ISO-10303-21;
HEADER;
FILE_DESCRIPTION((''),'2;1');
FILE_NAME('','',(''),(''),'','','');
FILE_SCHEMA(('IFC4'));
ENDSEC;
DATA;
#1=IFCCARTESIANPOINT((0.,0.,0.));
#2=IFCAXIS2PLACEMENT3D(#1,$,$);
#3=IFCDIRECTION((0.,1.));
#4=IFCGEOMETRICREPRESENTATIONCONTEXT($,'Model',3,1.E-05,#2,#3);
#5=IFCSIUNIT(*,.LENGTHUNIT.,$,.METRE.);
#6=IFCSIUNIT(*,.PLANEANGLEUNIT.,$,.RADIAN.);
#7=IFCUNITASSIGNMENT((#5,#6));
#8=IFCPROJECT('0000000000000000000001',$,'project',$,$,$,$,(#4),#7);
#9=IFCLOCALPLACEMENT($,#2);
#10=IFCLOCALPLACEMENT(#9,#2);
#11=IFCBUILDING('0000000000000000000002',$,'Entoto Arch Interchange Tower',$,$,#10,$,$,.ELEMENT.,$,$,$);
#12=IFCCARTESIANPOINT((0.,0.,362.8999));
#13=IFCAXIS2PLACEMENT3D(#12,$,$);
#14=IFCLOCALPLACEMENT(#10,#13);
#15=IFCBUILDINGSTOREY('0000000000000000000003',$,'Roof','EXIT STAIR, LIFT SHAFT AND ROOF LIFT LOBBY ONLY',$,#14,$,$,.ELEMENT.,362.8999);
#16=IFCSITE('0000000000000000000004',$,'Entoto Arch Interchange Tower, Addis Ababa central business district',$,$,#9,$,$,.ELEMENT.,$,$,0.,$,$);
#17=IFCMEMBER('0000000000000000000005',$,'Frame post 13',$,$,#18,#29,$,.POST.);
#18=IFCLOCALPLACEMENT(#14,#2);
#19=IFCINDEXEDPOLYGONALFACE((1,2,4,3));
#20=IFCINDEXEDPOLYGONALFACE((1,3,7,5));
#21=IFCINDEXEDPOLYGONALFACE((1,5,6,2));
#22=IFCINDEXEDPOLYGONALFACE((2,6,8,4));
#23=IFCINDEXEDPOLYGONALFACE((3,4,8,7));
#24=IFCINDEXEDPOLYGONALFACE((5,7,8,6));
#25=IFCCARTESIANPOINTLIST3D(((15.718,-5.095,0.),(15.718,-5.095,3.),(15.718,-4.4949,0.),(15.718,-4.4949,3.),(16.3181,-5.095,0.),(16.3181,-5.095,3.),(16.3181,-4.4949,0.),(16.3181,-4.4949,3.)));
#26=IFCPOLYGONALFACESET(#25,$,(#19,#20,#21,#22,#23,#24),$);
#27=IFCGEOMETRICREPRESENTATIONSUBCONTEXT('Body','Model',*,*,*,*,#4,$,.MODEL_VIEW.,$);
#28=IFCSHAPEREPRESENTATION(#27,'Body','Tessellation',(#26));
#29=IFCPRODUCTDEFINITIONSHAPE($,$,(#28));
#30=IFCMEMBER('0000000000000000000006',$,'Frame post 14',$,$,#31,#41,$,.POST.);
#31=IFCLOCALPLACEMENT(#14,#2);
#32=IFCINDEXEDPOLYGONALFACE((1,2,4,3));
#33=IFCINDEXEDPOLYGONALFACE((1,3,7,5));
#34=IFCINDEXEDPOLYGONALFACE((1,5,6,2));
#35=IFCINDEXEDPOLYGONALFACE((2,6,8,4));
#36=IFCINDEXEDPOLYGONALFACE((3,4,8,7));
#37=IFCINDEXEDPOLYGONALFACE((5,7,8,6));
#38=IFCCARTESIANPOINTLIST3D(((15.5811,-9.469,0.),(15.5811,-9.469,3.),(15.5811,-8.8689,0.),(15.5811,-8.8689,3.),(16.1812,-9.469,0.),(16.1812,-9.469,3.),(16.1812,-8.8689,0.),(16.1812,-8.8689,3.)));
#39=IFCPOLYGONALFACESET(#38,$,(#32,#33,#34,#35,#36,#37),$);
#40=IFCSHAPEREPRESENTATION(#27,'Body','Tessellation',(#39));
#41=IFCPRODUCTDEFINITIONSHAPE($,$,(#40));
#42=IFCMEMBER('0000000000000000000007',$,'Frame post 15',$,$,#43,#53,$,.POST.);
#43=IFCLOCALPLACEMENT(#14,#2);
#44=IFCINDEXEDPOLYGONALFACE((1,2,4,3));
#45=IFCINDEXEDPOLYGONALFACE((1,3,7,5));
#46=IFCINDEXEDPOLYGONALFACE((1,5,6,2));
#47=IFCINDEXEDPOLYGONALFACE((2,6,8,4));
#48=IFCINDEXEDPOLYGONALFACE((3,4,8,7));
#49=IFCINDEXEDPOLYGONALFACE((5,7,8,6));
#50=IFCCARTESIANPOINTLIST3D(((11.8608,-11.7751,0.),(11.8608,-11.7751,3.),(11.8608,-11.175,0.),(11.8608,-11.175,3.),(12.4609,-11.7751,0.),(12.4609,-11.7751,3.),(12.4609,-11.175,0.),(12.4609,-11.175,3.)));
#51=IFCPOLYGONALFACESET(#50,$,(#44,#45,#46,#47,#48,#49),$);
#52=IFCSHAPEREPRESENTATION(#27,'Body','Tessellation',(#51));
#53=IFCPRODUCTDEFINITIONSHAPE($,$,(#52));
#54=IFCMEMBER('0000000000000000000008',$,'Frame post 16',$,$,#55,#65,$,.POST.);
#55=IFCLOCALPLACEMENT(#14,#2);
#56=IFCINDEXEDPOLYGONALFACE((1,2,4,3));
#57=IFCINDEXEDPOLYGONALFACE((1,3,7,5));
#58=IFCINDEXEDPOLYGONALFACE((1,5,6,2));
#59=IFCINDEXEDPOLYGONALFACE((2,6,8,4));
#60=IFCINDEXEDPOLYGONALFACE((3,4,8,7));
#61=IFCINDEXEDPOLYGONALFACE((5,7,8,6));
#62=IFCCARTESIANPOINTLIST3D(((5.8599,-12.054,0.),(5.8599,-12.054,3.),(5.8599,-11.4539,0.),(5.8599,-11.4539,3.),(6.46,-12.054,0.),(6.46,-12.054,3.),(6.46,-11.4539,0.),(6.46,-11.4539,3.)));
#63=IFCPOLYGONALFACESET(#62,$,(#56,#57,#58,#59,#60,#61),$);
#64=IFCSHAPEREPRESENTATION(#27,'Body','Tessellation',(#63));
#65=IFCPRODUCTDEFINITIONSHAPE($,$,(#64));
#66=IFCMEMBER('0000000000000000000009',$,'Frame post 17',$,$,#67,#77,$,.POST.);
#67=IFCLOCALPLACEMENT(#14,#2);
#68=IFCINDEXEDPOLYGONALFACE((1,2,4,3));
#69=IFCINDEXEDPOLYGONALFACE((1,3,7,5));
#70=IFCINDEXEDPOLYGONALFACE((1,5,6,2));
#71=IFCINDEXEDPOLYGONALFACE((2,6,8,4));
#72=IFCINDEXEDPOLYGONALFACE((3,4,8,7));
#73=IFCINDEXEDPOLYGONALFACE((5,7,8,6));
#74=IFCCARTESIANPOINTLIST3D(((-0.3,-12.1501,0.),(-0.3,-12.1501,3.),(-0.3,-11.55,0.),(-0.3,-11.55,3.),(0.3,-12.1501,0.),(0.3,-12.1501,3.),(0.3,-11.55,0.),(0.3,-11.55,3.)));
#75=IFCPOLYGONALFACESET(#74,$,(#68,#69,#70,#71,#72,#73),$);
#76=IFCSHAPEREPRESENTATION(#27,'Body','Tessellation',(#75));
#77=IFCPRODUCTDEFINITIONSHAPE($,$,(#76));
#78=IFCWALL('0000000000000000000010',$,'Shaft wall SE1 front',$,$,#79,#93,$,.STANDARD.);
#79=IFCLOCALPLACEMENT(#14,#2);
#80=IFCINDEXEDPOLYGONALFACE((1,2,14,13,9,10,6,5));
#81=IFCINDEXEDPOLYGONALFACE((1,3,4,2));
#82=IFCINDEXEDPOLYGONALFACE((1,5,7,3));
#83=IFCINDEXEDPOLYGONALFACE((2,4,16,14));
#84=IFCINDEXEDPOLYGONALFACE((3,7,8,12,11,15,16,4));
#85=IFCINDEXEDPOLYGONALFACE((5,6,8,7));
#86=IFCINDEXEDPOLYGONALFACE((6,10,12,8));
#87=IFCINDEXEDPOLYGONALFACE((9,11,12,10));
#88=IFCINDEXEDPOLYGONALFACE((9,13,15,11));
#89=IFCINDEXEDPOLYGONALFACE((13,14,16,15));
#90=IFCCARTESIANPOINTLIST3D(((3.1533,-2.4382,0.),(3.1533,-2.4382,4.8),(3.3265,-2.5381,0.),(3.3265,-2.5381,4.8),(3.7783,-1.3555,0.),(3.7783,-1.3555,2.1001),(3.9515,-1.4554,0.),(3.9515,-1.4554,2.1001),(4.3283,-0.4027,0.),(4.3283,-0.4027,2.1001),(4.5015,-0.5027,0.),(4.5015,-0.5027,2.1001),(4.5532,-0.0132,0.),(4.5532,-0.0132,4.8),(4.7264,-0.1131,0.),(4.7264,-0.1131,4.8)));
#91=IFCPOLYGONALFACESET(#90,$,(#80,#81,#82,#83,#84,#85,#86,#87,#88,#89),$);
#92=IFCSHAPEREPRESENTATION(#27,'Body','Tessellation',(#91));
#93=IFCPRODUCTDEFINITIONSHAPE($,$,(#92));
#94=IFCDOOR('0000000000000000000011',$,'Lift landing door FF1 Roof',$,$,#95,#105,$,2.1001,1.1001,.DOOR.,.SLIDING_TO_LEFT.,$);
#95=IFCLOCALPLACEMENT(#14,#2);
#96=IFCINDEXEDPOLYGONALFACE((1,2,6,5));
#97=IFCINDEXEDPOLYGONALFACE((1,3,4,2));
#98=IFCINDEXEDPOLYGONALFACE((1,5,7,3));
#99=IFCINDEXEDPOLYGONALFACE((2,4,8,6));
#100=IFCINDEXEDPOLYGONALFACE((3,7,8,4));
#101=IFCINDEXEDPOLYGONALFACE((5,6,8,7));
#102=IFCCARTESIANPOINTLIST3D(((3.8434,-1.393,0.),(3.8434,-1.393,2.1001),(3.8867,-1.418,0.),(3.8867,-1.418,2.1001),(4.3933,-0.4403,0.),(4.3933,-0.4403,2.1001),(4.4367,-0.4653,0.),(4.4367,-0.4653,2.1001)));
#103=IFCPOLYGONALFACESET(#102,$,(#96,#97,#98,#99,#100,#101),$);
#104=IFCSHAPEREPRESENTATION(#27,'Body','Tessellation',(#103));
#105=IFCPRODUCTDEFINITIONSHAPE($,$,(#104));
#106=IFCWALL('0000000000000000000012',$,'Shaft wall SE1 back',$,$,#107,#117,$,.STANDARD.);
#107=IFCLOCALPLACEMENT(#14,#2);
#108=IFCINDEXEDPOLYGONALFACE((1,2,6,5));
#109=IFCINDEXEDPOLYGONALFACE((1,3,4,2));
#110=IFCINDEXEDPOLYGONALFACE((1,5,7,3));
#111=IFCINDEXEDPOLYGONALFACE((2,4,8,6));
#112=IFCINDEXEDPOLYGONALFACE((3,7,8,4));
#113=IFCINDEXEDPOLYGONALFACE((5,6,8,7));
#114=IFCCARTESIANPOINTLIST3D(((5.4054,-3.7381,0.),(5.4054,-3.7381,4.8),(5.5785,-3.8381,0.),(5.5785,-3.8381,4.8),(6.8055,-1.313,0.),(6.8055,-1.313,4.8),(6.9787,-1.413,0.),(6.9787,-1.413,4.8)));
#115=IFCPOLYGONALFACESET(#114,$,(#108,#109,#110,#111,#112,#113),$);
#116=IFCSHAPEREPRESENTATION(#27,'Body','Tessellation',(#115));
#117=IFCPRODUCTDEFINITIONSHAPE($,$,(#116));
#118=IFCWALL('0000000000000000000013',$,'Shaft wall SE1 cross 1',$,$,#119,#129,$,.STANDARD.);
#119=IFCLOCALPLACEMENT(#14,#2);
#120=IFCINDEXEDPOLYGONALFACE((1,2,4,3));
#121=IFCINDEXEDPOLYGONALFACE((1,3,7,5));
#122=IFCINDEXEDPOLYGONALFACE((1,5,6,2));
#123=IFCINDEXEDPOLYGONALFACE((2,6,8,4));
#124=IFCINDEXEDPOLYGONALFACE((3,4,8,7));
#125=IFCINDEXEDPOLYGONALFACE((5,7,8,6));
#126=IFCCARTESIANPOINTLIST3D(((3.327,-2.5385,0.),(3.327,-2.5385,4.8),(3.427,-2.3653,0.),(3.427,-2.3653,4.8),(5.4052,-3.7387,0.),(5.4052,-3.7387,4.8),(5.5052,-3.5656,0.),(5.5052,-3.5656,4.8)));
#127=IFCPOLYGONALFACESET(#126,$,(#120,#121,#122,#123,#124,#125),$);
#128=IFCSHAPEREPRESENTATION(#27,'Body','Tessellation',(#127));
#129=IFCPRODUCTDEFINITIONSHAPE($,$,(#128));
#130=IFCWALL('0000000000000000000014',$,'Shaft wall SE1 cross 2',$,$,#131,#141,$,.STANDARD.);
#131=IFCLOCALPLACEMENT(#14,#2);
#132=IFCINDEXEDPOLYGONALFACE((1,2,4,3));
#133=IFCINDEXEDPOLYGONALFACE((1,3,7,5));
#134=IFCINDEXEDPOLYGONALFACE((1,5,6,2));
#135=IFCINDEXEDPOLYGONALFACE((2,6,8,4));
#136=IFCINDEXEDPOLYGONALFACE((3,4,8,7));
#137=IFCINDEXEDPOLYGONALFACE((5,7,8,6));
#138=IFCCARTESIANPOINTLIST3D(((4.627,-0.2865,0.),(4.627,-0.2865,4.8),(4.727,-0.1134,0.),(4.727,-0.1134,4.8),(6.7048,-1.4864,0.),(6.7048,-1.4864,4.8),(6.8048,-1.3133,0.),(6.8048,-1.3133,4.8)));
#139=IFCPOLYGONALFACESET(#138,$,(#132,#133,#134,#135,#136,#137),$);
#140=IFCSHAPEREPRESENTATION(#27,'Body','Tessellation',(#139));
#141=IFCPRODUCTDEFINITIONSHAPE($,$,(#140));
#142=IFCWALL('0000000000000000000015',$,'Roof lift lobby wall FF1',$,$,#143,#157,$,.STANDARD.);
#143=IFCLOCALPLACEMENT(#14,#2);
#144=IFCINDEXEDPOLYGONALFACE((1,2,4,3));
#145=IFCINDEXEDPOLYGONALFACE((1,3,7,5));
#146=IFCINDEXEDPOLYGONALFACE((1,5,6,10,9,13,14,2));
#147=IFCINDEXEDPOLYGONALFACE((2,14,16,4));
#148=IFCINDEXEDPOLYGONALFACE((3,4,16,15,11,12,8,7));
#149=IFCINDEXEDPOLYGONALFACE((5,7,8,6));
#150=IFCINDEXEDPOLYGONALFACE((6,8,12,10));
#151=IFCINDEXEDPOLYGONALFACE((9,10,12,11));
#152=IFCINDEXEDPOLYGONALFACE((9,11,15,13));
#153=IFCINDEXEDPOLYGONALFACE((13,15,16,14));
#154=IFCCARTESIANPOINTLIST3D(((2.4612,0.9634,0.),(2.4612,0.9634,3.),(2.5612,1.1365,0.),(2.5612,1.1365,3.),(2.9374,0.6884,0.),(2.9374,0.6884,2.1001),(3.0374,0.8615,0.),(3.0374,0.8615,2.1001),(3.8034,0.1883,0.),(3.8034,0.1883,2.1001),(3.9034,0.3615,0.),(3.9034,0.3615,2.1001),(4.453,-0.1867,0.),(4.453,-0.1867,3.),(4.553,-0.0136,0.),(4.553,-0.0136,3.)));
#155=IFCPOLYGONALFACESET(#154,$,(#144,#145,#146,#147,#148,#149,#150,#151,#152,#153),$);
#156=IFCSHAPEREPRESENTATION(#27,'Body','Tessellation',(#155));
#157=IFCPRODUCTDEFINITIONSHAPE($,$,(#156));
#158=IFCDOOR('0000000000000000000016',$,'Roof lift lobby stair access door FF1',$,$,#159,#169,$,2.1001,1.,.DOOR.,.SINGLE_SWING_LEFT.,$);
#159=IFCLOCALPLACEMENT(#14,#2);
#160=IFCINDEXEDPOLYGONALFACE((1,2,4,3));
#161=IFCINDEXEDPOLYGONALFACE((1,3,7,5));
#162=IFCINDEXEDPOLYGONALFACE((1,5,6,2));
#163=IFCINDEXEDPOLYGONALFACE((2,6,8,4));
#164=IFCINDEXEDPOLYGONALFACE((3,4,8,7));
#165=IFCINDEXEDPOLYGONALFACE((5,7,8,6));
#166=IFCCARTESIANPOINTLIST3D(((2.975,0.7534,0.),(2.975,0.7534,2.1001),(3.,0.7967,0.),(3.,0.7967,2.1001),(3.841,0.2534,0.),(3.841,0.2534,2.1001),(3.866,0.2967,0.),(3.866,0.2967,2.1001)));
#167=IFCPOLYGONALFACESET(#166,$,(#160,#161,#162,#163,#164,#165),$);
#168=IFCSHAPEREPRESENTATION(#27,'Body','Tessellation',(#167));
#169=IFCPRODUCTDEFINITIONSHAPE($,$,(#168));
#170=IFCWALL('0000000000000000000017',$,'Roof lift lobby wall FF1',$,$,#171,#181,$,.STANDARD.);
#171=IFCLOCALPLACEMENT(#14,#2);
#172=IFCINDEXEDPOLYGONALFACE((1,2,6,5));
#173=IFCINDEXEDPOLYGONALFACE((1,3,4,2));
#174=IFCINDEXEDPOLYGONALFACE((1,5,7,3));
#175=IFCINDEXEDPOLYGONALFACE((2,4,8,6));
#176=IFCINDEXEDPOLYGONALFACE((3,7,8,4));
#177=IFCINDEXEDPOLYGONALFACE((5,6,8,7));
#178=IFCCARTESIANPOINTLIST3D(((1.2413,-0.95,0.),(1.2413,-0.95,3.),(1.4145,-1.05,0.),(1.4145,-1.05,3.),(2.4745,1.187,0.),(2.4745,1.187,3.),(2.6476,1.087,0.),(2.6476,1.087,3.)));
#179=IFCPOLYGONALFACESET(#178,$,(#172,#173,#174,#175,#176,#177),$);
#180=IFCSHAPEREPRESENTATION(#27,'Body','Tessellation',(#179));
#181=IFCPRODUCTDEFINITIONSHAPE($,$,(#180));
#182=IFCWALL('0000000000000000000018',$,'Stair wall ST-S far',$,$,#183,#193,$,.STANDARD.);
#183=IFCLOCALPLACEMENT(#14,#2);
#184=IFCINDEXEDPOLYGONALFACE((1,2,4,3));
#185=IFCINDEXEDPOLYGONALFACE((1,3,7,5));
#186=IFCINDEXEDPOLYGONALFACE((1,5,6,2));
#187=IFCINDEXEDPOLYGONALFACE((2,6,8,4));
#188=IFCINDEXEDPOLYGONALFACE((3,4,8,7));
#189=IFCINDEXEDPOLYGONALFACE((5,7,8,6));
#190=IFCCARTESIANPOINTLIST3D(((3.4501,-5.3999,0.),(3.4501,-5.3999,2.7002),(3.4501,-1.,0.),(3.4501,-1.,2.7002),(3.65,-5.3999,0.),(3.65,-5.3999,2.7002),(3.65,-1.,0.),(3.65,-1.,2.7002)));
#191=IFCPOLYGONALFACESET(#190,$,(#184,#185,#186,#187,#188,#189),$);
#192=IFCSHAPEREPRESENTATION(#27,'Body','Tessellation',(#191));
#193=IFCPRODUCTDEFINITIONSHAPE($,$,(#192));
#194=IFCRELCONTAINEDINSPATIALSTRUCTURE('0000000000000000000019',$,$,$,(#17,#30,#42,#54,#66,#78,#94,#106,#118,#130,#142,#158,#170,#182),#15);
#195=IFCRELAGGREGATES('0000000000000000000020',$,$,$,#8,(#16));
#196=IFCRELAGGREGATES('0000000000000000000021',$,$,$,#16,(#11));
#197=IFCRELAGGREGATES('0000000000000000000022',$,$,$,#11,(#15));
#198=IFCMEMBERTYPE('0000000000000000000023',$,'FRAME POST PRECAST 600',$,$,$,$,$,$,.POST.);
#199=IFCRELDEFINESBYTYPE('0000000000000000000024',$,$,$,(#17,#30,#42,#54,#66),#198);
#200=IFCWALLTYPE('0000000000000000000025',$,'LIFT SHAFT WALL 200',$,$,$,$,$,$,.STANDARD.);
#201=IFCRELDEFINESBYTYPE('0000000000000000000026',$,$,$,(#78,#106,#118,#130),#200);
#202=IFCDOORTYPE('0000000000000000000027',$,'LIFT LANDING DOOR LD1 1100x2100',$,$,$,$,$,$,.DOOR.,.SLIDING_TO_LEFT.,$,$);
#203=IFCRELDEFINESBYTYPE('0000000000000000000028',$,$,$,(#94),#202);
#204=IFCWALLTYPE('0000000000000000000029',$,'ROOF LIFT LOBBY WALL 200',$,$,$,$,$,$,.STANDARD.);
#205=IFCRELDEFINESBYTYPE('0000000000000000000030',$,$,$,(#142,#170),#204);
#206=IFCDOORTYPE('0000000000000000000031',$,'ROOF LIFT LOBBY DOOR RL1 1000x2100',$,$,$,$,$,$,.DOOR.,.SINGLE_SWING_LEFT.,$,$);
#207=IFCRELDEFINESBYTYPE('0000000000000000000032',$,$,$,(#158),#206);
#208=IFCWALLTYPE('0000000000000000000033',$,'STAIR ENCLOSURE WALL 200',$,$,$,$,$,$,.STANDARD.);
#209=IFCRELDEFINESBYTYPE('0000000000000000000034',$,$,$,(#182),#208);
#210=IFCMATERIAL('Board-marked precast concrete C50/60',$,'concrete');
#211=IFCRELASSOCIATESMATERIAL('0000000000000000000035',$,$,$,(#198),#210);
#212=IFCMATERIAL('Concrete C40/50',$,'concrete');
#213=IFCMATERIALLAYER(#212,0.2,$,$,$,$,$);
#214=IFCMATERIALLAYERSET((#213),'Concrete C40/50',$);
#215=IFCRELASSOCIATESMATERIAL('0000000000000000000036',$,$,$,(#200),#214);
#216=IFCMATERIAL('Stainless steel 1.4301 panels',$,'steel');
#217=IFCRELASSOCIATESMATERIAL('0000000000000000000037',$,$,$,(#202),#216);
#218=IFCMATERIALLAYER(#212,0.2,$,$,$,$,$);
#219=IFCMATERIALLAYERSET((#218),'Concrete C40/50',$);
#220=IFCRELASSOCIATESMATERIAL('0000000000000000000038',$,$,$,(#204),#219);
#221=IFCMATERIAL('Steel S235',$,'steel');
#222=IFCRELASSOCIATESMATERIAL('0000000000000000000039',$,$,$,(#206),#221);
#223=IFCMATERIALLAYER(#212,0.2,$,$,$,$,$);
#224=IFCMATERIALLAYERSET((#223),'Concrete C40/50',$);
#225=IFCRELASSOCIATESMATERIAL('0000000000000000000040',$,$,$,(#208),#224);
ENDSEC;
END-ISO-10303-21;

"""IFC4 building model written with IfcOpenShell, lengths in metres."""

from ifc_helpers import new_model, si_unit, direction, frame, frame_2d, origin, origin_2d, place, context, subcontext, project, spatial, rectangle, extrude, material, layer, layer_set, material_profile, profile_set, type_object, element, fill, save


model = new_model("IFC4")

# Units and contexts
model_context = context("Model", 3, precision=1e-05, world=origin(), true_north=direction((0.0, 1.0)))
body_context = subcontext(model_context, "Body", "Model", "MODEL_VIEW")
ifc_project = project(units=[si_unit("LENGTHUNIT", "METRE"), si_unit("PLANEANGLEUNIT", "RADIAN")], contexts=[model_context])

# Site, building, storey
site_placement = place(None, origin())
site = spatial("IfcSite", under=ifc_project, at=site_placement, Name="Entoto Arch Interchange Tower, Addis Ababa central business district", CompositionType="ELEMENT", RefElevation=0.0)
building_placement = place(site_placement, origin())
building = spatial("IfcBuilding", under=site, at=building_placement, Name="Entoto Arch Interchange Tower", CompositionType="ELEMENT")
storey_placement = place(building_placement, frame((0.0, 0.0, 362.8999)))
storey = spatial("IfcBuildingStorey", under=building, at=storey_placement, Name="Roof", Description="EXIT STAIR, LIFT SHAFT AND ROOF LIFT LOBBY ONLY", CompositionType="ELEMENT", Elevation=362.8999)

# Members
ifc_material_1 = material(Name="Board-marked precast concrete C50/60", Category="concrete")
ifc_material_profile = material_profile(ifc_material_1, rectangle(XDim=0.6001, YDim=0.6001, at=origin_2d()))
ifc_profile_set = profile_set([ifc_material_profile], Name="Board-marked precast concrete C50/60")
member_type = type_object("IfcMemberType", Name="FRAME POST PRECAST 600", PredefinedType="POST", material=ifc_profile_set)
for number, where, z_axis, x_axis, name in (
    (1, (16.0181, -4.7949, 0.0), (0.0, 0.0, 1.0), (1.0, 0.0, 0.0), "Frame post 13"),
    (2, (15.8811, -9.1689, 0.0), (0.0, 0.0, 1.0), (1.0, 0.0, 0.0), "Frame post 14"),
    (3, (12.1609, -11.4751, 0.0), (0.0, 0.0, 1.0), (1.0, 0.0, 0.0), "Frame post 15"),
    (4, (6.1599, -11.7539, 0.0), (0.0, 0.0, 1.0), (1.0, 0.0, 0.0), "Frame post 16"),
    (5, (0.0, -11.8501, 0.0), (0.0, 0.0, 1.0), (1.0, 0.0, 0.0), "Frame post 17"),
):
    element("IfcMember", number, at=place(storey_placement, frame(where, z_axis=z_axis, x_axis=x_axis)), inside=storey, type_object=member_type, Name=name, PredefinedType="POST", context=body_context, shape_type="SweptSolid", body=[
        extrude(rectangle(XDim=0.6001, YDim=0.6001, at=origin_2d()), origin(), (0.0, 0.0, 1.0), 3.0),
    ])

# Wall, opening, door
ifc_material_2 = material(Name="Concrete C40/50", Category="concrete")
ifc_layer_1 = layer(ifc_material_2, 0.2)
ifc_layer_set_1 = layer_set([ifc_layer_1], Name="Concrete C40/50")
wall_type_1 = type_object("IfcWallType", Name="LIFT SHAFT WALL 200", PredefinedType="STANDARD", material=ifc_layer_set_1)
wall_1_placement = place(storey_placement, frame((3.24, -2.488, 0.0), z_axis=(0.0, 0.0, 1.0), x_axis=(0.499946, 0.866056, 0.0)))
wall_1 = element("IfcWall", 6, at=wall_1_placement, inside=storey, type_object=wall_type_1, Name="Shaft wall SE1 front", PredefinedType="STANDARD", context=body_context, shape_type="SweptSolid", body=[
    extrude(rectangle(XDim=2.8, YDim=0.2, at=frame_2d((1.3999, 0.0))), origin(), (0.0, 0.0, 1.0), 4.8),
])
opening_1_placement = place(wall_1_placement, frame((1.25, 0.0, 0.0)))
opening_1 = element("IfcOpeningElement", 7, at=opening_1_placement, cuts=wall_1, PredefinedType="OPENING", context=body_context, shape_type="SweptSolid", body=[
    extrude(rectangle(XDim=1.1001, YDim=2.1001, at=frame_2d((0.55, 1.05))), frame((0.0, 0.1099, 0.0), z_axis=(0.0, -1.0, 0.0), x_axis=(1.0, 0.0, 0.0)), (0.0, 0.0, 1.0), 0.22),
])
ifc_material_3 = material(Name="Stainless steel 1.4301 panels", Category="steel")
door_type_1 = type_object("IfcDoorType", Name="LIFT LANDING DOOR LD1 1100x2100", OperationType="SLIDING_TO_LEFT", PredefinedType="DOOR", material=ifc_material_3)
door_1_placement = place(opening_1_placement, origin())
door_1 = element("IfcDoor", 8, at=door_1_placement, inside=storey, type_object=door_type_1, Name="Lift landing door FF1 Roof", OperationType="SLIDING_TO_LEFT", OverallHeight=2.1001, OverallWidth=1.1001, PredefinedType="DOOR", context=body_context, shape_type="SweptSolid", body=[
    extrude(rectangle(XDim=1.1001, YDim=2.1001, at=frame_2d((0.55, 1.05))), frame((0.0, 0.0249, 0.0), z_axis=(0.0, -1.0, 0.0), x_axis=(1.0, 0.0, 0.0)), (0.0, 0.0, 1.0), 0.05),
])
fill(opening_1, door_1)

# Walls
wall_2_placement = place(storey_placement, frame((5.4919, -3.7881, 0.0), z_axis=(0.0, 0.0, 1.0), x_axis=(0.500012, 0.866019, 0.0)))
element("IfcWall", 9, at=wall_2_placement, inside=storey, type_object=wall_type_1, Name="Shaft wall SE1 back", PredefinedType="STANDARD", context=body_context, shape_type="SweptSolid", body=[
    extrude(rectangle(XDim=2.8003, YDim=0.2, at=frame_2d((1.4001, 0.0))), origin(), (0.0, 0.0, 1.0), 4.8),
])
wall_3_placement = place(storey_placement, frame((3.377, -2.4519, 0.0), z_axis=(0.0, 0.0, 1.0), x_axis=(0.865955, -0.500122, 0.0)))
element("IfcWall", 10, at=wall_3_placement, inside=storey, type_object=wall_type_1, Name="Shaft wall SE1 cross 1", PredefinedType="STANDARD", context=body_context, shape_type="SweptSolid", body=[
    extrude(rectangle(XDim=2.3999, YDim=0.2, at=frame_2d((1.2, 0.0))), origin(), (0.0, 0.0, 1.0), 4.8),
])
wall_4_placement = place(storey_placement, frame((4.677, -0.2, 0.0), z_axis=(0.0, 0.0, 1.0), x_axis=(0.865974, -0.500089, 0.0)))
element("IfcWall", 11, at=wall_4_placement, inside=storey, type_object=wall_type_1, Name="Shaft wall SE1 cross 2", PredefinedType="STANDARD", context=body_context, shape_type="SweptSolid", body=[
    extrude(rectangle(XDim=2.3994, YDim=0.2, at=frame_2d((1.1997, 0.0))), origin(), (0.0, 0.0, 1.0), 4.8),
])

# Wall, opening, door
ifc_layer_2 = layer(ifc_material_2, 0.2)
ifc_layer_set_2 = layer_set([ifc_layer_2], Name="Concrete C40/50")
wall_type_2 = type_object("IfcWallType", Name="ROOF LIFT LOBBY WALL 200", PredefinedType="STANDARD", material=ifc_layer_set_2)
wall_5_placement = place(storey_placement, frame((4.5029, -0.1001, 0.0), z_axis=(0.0, 0.0, 1.0), x_axis=(-0.866007, 0.500032, 0.0)))
wall_5 = element("IfcWall", 12, at=wall_5_placement, inside=storey, type_object=wall_type_2, Name="Roof lift lobby wall FF1", PredefinedType="STANDARD", context=body_context, shape_type="SweptSolid", body=[
    extrude(rectangle(XDim=2.3, YDim=0.2, at=frame_2d((1.1499, 0.0))), origin(), (0.0, 0.0, 1.0), 3.0),
])
opening_2_placement = place(wall_5_placement, frame((0.75, 0.0, 0.0)))
opening_2 = element("IfcOpeningElement", 13, at=opening_2_placement, cuts=wall_5, PredefinedType="OPENING", context=body_context, shape_type="SweptSolid", body=[
    extrude(rectangle(XDim=1.0, YDim=2.1001, at=frame_2d((0.5, 1.05))), frame((0.0, 0.1099, 0.0), z_axis=(0.0, -1.0, 0.0), x_axis=(1.0, 0.0, 0.0)), (0.0, 0.0, 1.0), 0.22),
])
ifc_material_4 = material(Name="Steel S235", Category="steel")
door_type_2 = type_object("IfcDoorType", Name="ROOF LIFT LOBBY DOOR RL1 1000x2100", OperationType="SINGLE_SWING_LEFT", PredefinedType="DOOR", material=ifc_material_4)
door_2_placement = place(opening_2_placement, origin())
door_2 = element("IfcDoor", 14, at=door_2_placement, inside=storey, type_object=door_type_2, Name="Roof lift lobby stair access door FF1", OperationType="SINGLE_SWING_LEFT", OverallHeight=2.1001, OverallWidth=1.0, PredefinedType="DOOR", context=body_context, shape_type="SweptSolid", body=[
    extrude(rectangle(XDim=1.0, YDim=2.1001, at=frame_2d((0.5, 1.05))), frame((0.0, 0.0249, 0.0), z_axis=(0.0, -1.0, 0.0), x_axis=(1.0, 0.0, 0.0)), (0.0, 0.0, 1.0), 0.05),
])
fill(opening_2, door_2)

# Walls
wall_6_placement = place(storey_placement, frame((1.3279, -1.0, 0.0), z_axis=(0.0, 0.0, 1.0), x_axis=(0.499811, 0.866135, 0.0)))
element("IfcWall", 15, at=wall_6_placement, inside=storey, type_object=wall_type_2, Name="Roof lift lobby wall FF1", PredefinedType="STANDARD", context=body_context, shape_type="SweptSolid", body=[
    extrude(rectangle(XDim=2.4673, YDim=0.2, at=frame_2d((1.2336, 0.0))), origin(), (0.0, 0.0, 1.0), 3.0),
])
ifc_layer_3 = layer(ifc_material_2, 0.2)
ifc_layer_set_3 = layer_set([ifc_layer_3], Name="Concrete C40/50")
wall_type_3 = type_object("IfcWallType", Name="STAIR ENCLOSURE WALL 200", PredefinedType="STANDARD", material=ifc_layer_set_3)
wall_7_placement = place(storey_placement, frame((3.55, -1.0, 0.0), z_axis=(0.0, 0.0, 1.0), x_axis=(0.0, -1.0, 0.0)))
element("IfcWall", 16, at=wall_7_placement, inside=storey, type_object=wall_type_3, Name="Stair wall ST-S far", PredefinedType="STANDARD", context=body_context, shape_type="SweptSolid", body=[
    extrude(rectangle(XDim=4.3999, YDim=0.2, at=frame_2d((2.2, 0.0))), origin(), (0.0, 0.0, 1.0), 2.7002),
])

save(model, "model.ifc")
